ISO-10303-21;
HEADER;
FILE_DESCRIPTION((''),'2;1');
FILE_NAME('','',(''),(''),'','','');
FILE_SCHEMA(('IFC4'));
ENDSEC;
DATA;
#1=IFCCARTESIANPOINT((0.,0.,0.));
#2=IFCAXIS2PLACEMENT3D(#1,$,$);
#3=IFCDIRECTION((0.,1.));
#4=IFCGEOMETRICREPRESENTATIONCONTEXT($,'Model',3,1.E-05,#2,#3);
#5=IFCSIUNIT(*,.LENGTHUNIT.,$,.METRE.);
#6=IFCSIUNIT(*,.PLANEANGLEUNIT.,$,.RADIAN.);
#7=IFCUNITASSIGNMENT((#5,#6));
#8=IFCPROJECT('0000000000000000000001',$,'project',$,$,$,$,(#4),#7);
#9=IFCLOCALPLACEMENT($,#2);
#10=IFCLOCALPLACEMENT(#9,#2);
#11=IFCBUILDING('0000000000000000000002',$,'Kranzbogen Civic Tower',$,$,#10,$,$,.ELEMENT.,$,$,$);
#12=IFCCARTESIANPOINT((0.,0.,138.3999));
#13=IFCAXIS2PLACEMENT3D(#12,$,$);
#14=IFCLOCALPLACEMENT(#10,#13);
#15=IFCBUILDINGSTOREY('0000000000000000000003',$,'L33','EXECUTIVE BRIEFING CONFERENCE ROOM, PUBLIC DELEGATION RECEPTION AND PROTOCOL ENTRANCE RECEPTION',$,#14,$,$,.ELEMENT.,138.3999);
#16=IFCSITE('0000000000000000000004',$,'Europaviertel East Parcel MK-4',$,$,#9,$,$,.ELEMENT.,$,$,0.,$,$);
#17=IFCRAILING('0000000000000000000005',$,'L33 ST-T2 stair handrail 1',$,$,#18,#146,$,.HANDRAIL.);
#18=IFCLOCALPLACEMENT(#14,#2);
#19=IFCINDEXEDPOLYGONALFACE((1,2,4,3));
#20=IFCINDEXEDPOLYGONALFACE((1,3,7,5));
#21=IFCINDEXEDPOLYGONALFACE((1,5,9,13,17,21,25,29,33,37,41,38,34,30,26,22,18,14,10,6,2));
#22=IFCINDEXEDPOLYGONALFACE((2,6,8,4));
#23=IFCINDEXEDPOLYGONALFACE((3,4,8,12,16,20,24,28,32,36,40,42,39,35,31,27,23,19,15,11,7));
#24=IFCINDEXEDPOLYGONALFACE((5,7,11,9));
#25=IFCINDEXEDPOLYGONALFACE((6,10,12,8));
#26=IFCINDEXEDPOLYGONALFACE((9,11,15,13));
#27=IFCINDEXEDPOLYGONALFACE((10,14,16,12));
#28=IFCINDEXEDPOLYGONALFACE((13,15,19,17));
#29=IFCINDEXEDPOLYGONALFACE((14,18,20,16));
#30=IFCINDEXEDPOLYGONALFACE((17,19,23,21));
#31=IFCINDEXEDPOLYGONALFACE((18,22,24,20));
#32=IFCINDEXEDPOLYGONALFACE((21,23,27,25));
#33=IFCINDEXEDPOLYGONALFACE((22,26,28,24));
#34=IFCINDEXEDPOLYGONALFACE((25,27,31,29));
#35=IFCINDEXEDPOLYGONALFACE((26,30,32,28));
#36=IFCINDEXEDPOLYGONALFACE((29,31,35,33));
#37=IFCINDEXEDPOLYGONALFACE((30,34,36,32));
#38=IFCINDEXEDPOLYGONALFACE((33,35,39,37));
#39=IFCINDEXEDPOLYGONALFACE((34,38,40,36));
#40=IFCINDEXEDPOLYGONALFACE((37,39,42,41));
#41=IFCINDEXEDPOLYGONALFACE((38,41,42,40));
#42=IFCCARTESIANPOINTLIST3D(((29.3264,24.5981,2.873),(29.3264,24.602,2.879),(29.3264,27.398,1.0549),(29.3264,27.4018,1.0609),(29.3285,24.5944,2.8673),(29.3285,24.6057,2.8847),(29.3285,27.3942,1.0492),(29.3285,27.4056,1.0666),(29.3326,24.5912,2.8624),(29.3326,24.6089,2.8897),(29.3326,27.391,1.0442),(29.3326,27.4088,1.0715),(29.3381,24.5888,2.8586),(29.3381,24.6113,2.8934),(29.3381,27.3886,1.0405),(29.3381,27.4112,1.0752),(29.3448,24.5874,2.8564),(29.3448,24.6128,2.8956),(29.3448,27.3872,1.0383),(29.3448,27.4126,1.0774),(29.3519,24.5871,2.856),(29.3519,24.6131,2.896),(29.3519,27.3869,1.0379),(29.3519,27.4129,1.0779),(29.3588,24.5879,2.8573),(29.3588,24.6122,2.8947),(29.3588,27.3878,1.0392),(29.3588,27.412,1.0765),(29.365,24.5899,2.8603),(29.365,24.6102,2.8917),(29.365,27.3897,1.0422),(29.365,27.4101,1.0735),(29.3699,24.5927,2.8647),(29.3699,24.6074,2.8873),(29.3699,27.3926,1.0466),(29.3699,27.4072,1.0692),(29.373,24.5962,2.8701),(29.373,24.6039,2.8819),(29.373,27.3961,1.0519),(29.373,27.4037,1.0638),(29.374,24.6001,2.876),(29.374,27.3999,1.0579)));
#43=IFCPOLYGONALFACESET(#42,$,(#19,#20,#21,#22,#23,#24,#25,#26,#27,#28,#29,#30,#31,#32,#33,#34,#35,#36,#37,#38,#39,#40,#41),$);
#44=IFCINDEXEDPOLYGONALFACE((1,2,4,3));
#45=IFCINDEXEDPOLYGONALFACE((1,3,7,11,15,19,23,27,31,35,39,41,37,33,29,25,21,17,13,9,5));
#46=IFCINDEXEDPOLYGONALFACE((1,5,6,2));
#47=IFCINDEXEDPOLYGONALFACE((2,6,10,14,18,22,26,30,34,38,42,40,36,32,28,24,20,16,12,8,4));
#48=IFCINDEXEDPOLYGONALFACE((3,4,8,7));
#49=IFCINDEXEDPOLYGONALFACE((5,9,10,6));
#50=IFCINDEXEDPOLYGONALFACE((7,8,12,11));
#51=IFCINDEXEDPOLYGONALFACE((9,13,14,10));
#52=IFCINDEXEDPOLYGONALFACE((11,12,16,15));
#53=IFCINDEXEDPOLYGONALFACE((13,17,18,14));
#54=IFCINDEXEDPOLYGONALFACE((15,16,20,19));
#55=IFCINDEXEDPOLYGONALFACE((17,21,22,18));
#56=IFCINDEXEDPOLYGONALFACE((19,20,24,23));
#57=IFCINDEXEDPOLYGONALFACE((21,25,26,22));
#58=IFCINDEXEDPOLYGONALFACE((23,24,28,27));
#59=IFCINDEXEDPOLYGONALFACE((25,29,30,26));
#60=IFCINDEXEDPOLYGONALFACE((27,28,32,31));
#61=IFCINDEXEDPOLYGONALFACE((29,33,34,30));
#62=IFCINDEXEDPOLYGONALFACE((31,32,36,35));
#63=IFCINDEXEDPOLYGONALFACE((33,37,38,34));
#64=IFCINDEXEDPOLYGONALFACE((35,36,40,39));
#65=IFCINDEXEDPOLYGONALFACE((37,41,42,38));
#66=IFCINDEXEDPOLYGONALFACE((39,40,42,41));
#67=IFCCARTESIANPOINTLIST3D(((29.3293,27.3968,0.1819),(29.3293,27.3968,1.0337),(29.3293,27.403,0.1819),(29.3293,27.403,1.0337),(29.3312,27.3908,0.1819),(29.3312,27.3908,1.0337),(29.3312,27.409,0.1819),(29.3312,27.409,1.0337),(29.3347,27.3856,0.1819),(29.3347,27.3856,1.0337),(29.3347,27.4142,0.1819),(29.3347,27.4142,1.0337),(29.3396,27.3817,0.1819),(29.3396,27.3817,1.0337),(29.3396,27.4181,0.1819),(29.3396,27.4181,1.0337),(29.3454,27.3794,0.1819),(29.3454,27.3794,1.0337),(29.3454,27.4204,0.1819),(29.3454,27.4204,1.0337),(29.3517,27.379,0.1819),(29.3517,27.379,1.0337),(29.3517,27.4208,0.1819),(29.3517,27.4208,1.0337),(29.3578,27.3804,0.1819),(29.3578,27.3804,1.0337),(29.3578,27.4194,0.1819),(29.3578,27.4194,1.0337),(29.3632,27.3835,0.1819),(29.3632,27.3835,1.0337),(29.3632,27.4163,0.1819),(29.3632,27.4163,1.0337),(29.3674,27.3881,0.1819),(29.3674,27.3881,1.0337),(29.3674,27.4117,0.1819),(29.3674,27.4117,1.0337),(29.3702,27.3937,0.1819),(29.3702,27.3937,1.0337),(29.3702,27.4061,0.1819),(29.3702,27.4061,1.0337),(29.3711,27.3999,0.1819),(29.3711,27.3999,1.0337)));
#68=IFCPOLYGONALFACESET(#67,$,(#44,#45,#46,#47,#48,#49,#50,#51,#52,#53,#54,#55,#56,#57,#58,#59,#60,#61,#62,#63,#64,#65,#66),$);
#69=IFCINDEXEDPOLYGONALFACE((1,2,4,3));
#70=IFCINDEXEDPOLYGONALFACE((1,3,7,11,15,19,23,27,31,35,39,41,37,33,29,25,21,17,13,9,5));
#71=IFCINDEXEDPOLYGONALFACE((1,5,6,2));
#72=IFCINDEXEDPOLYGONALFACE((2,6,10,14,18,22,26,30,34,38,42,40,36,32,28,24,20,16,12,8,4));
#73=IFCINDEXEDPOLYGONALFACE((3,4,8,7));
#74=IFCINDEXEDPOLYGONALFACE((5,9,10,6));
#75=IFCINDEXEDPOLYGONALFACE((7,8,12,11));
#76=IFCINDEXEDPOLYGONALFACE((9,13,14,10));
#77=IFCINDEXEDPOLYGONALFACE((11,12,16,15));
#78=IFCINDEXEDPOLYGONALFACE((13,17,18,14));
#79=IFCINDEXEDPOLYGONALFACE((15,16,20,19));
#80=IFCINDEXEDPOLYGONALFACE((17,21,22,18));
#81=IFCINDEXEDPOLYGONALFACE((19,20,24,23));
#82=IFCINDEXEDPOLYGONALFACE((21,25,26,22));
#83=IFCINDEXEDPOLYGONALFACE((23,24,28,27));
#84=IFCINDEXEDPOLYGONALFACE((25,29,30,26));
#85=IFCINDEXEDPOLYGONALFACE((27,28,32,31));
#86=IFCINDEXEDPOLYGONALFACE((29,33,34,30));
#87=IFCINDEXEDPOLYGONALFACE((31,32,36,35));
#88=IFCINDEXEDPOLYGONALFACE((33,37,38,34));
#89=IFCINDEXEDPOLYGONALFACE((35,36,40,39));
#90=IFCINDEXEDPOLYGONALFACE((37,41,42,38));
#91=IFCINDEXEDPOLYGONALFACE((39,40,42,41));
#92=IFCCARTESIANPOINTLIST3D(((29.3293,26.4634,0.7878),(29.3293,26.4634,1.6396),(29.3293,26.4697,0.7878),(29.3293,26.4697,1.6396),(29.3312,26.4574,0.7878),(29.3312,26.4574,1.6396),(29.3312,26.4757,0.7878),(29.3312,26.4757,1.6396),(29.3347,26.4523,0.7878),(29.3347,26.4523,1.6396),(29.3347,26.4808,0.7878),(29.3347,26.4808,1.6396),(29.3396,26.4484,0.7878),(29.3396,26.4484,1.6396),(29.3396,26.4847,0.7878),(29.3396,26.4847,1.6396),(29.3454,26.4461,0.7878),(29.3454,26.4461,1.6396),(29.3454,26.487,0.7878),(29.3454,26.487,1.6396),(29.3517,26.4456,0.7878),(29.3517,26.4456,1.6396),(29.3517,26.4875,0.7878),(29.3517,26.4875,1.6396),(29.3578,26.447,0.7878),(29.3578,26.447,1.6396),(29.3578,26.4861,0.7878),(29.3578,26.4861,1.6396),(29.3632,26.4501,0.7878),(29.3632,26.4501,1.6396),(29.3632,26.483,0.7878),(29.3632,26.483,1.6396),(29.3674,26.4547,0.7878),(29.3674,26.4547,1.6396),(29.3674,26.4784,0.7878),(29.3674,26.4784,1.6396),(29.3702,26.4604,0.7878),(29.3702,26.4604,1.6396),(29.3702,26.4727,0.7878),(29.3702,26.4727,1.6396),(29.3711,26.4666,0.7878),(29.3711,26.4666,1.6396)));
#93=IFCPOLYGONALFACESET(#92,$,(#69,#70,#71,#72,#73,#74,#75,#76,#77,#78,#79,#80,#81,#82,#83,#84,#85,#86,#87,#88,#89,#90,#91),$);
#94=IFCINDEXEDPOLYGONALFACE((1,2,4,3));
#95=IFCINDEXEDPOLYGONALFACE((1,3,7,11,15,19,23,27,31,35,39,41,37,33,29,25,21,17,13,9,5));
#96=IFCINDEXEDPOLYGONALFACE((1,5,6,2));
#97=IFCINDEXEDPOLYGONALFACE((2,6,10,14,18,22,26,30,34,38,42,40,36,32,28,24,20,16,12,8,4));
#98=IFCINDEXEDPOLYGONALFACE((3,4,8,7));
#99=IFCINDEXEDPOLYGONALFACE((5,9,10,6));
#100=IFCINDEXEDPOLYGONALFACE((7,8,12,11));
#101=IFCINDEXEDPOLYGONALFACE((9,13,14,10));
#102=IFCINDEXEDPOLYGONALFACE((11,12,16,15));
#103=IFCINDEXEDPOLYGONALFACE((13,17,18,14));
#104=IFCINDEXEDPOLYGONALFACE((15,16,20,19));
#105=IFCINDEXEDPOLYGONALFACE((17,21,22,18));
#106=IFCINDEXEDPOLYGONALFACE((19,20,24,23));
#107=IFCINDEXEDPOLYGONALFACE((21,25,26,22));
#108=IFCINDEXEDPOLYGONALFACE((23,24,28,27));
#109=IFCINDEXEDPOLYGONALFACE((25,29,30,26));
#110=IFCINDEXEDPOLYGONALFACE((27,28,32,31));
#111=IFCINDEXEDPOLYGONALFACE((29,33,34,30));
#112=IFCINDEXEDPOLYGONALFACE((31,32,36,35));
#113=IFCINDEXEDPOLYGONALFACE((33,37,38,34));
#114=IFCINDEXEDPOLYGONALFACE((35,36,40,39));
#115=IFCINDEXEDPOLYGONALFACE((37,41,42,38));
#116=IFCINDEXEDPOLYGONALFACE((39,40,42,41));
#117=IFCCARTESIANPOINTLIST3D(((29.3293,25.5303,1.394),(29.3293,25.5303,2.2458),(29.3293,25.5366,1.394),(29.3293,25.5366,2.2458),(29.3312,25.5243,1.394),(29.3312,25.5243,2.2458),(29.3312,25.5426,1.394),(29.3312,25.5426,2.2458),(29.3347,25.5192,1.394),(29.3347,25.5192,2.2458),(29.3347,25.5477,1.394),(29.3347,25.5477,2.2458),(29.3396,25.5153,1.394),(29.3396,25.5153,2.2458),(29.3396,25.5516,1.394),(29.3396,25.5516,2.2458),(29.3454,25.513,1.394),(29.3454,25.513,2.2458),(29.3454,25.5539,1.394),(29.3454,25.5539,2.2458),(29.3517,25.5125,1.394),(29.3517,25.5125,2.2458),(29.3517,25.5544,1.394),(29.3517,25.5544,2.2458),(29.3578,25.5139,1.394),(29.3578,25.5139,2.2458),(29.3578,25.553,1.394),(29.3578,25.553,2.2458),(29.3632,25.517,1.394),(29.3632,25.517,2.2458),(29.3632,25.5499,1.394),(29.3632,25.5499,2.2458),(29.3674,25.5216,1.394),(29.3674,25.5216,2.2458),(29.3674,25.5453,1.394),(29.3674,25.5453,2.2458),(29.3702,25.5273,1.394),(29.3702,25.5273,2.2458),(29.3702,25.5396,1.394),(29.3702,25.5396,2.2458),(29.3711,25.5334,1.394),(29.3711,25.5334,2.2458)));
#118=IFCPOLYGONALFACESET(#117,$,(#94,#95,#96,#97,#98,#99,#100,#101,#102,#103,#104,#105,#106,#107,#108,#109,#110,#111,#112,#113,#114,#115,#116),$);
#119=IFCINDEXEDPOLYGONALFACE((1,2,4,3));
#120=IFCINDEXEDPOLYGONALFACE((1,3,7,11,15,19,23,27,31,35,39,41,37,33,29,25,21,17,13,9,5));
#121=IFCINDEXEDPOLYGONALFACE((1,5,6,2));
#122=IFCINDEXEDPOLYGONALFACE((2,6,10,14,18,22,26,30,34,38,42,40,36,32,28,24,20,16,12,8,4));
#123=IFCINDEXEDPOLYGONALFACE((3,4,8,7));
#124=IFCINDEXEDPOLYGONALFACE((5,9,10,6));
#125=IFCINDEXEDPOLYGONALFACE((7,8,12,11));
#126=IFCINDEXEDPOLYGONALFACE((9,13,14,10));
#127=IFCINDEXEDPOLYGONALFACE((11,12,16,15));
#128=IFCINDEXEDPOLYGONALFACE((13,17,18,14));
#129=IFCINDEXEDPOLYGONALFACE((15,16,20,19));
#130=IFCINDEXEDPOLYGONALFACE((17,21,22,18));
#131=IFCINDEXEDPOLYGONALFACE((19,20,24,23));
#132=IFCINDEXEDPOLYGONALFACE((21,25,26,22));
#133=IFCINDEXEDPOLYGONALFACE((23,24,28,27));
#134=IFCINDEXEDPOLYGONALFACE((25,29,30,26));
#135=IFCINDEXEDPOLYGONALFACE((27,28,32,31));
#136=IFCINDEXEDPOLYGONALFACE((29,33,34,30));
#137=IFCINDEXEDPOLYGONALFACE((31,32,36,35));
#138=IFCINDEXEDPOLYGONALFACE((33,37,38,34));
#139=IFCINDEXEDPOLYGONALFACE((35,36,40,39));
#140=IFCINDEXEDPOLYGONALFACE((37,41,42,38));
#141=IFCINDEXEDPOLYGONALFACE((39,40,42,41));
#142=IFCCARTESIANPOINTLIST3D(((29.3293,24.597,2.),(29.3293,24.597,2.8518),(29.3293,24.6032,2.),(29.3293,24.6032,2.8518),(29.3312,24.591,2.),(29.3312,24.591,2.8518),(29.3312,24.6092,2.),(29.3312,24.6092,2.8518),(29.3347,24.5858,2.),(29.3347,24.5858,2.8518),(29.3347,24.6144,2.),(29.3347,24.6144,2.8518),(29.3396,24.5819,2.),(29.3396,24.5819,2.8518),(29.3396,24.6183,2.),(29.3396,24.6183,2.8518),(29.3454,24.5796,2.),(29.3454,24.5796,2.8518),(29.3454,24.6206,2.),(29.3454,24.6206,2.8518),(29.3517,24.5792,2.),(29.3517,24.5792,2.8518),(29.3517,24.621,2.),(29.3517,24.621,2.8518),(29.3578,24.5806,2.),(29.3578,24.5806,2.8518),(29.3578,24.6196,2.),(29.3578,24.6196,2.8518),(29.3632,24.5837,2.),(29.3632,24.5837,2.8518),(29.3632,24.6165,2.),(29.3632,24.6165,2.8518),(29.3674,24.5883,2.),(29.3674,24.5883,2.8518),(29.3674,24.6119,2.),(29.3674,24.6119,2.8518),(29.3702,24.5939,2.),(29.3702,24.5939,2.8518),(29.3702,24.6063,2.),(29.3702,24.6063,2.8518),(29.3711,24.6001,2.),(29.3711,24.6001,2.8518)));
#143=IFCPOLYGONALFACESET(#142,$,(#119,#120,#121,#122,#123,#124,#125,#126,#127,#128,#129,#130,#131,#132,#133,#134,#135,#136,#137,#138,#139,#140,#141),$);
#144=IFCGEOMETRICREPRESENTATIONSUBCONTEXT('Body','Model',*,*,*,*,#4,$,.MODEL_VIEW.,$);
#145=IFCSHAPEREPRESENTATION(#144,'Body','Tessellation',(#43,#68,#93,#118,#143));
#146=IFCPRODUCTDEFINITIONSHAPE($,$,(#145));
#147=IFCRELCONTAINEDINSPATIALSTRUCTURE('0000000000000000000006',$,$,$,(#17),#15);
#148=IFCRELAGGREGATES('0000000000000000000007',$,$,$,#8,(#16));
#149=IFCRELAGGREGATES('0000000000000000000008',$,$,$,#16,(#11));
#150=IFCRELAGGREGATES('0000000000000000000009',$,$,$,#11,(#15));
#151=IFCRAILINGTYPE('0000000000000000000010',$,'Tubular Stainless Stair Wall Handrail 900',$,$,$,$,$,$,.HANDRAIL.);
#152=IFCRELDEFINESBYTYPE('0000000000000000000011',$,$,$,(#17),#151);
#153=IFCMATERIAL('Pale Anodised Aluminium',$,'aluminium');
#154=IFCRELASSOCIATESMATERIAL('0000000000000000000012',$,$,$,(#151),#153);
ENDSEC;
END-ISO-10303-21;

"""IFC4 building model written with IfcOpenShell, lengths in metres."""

from ifc_helpers import new_model, si_unit, direction, frame, origin, origin_2d, place, context, subcontext, project, spatial, circle, extrude, material, type_object, element, save


model = new_model("IFC4")

# Units and contexts
model_context = context("Model", 3, precision=1e-05, world=origin(), true_north=direction((0.0, 1.0)))
body_context = subcontext(model_context, "Body", "Model", "MODEL_VIEW")
ifc_project = project(units=[si_unit("LENGTHUNIT", "METRE"), si_unit("PLANEANGLEUNIT", "RADIAN")], contexts=[model_context])

# Site, building, storey
site_placement = place(None, origin())
site = spatial("IfcSite", under=ifc_project, at=site_placement, Name="Europaviertel East Parcel MK-4", CompositionType="ELEMENT", RefElevation=0.0)
building_placement = place(site_placement, origin())
building = spatial("IfcBuilding", under=site, at=building_placement, Name="Kranzbogen Civic Tower", CompositionType="ELEMENT")
storey_placement = place(building_placement, frame((0.0, 0.0, 138.3999)))
storey = spatial("IfcBuildingStorey", under=building, at=storey_placement, Name="L33", Description="EXECUTIVE BRIEFING CONFERENCE ROOM, PUBLIC DELEGATION RECEPTION AND PROTOCOL ENTRANCE RECEPTION", CompositionType="ELEMENT", Elevation=138.3999)

# Shared definitions
ifc_material_1 = material(Name="Pale Anodised Aluminium", Category="aluminium")

# Railing
railing_type_1 = type_object("IfcRailingType", Name="Tubular Stainless Stair Wall Handrail 900", PredefinedType="HANDRAIL", material=ifc_material_1)
railing_1_placement = place(storey_placement, frame((29.3501, 27.3999, 0.1819)))
element("IfcRailing", 1, at=railing_1_placement, inside=storey, type_object=railing_type_1, Name="L33 ST-T2 stair handrail 1", PredefinedType="HANDRAIL", context=body_context, shape_type="SweptSolid", body=[
    extrude(circle(Radius=0.0239, at=origin_2d()), frame((0.0, 0.0, 0.876), z_axis=(0.0, -0.838684, 0.544618), x_axis=(1.0, 0.0, 0.0)), (0.0, 0.0, 1.0), 3.3384),
    extrude(circle(Radius=0.021, at=origin_2d()), origin(), (0.0, 0.0, 1.0), 0.8518),
    extrude(circle(Radius=0.021, at=origin_2d()), frame((0.0, -0.9333, 0.606)), (0.0, 0.0, 1.0), 0.8518),
    extrude(circle(Radius=0.021, at=origin_2d()), frame((0.0, -1.8665, 1.2122)), (0.0, 0.0, 1.0), 0.8518),
    extrude(circle(Radius=0.021, at=origin_2d()), frame((0.0, -2.7998, 1.8181)), (0.0, 0.0, 1.0), 0.8518),
])

save(model, "model.ifc")
